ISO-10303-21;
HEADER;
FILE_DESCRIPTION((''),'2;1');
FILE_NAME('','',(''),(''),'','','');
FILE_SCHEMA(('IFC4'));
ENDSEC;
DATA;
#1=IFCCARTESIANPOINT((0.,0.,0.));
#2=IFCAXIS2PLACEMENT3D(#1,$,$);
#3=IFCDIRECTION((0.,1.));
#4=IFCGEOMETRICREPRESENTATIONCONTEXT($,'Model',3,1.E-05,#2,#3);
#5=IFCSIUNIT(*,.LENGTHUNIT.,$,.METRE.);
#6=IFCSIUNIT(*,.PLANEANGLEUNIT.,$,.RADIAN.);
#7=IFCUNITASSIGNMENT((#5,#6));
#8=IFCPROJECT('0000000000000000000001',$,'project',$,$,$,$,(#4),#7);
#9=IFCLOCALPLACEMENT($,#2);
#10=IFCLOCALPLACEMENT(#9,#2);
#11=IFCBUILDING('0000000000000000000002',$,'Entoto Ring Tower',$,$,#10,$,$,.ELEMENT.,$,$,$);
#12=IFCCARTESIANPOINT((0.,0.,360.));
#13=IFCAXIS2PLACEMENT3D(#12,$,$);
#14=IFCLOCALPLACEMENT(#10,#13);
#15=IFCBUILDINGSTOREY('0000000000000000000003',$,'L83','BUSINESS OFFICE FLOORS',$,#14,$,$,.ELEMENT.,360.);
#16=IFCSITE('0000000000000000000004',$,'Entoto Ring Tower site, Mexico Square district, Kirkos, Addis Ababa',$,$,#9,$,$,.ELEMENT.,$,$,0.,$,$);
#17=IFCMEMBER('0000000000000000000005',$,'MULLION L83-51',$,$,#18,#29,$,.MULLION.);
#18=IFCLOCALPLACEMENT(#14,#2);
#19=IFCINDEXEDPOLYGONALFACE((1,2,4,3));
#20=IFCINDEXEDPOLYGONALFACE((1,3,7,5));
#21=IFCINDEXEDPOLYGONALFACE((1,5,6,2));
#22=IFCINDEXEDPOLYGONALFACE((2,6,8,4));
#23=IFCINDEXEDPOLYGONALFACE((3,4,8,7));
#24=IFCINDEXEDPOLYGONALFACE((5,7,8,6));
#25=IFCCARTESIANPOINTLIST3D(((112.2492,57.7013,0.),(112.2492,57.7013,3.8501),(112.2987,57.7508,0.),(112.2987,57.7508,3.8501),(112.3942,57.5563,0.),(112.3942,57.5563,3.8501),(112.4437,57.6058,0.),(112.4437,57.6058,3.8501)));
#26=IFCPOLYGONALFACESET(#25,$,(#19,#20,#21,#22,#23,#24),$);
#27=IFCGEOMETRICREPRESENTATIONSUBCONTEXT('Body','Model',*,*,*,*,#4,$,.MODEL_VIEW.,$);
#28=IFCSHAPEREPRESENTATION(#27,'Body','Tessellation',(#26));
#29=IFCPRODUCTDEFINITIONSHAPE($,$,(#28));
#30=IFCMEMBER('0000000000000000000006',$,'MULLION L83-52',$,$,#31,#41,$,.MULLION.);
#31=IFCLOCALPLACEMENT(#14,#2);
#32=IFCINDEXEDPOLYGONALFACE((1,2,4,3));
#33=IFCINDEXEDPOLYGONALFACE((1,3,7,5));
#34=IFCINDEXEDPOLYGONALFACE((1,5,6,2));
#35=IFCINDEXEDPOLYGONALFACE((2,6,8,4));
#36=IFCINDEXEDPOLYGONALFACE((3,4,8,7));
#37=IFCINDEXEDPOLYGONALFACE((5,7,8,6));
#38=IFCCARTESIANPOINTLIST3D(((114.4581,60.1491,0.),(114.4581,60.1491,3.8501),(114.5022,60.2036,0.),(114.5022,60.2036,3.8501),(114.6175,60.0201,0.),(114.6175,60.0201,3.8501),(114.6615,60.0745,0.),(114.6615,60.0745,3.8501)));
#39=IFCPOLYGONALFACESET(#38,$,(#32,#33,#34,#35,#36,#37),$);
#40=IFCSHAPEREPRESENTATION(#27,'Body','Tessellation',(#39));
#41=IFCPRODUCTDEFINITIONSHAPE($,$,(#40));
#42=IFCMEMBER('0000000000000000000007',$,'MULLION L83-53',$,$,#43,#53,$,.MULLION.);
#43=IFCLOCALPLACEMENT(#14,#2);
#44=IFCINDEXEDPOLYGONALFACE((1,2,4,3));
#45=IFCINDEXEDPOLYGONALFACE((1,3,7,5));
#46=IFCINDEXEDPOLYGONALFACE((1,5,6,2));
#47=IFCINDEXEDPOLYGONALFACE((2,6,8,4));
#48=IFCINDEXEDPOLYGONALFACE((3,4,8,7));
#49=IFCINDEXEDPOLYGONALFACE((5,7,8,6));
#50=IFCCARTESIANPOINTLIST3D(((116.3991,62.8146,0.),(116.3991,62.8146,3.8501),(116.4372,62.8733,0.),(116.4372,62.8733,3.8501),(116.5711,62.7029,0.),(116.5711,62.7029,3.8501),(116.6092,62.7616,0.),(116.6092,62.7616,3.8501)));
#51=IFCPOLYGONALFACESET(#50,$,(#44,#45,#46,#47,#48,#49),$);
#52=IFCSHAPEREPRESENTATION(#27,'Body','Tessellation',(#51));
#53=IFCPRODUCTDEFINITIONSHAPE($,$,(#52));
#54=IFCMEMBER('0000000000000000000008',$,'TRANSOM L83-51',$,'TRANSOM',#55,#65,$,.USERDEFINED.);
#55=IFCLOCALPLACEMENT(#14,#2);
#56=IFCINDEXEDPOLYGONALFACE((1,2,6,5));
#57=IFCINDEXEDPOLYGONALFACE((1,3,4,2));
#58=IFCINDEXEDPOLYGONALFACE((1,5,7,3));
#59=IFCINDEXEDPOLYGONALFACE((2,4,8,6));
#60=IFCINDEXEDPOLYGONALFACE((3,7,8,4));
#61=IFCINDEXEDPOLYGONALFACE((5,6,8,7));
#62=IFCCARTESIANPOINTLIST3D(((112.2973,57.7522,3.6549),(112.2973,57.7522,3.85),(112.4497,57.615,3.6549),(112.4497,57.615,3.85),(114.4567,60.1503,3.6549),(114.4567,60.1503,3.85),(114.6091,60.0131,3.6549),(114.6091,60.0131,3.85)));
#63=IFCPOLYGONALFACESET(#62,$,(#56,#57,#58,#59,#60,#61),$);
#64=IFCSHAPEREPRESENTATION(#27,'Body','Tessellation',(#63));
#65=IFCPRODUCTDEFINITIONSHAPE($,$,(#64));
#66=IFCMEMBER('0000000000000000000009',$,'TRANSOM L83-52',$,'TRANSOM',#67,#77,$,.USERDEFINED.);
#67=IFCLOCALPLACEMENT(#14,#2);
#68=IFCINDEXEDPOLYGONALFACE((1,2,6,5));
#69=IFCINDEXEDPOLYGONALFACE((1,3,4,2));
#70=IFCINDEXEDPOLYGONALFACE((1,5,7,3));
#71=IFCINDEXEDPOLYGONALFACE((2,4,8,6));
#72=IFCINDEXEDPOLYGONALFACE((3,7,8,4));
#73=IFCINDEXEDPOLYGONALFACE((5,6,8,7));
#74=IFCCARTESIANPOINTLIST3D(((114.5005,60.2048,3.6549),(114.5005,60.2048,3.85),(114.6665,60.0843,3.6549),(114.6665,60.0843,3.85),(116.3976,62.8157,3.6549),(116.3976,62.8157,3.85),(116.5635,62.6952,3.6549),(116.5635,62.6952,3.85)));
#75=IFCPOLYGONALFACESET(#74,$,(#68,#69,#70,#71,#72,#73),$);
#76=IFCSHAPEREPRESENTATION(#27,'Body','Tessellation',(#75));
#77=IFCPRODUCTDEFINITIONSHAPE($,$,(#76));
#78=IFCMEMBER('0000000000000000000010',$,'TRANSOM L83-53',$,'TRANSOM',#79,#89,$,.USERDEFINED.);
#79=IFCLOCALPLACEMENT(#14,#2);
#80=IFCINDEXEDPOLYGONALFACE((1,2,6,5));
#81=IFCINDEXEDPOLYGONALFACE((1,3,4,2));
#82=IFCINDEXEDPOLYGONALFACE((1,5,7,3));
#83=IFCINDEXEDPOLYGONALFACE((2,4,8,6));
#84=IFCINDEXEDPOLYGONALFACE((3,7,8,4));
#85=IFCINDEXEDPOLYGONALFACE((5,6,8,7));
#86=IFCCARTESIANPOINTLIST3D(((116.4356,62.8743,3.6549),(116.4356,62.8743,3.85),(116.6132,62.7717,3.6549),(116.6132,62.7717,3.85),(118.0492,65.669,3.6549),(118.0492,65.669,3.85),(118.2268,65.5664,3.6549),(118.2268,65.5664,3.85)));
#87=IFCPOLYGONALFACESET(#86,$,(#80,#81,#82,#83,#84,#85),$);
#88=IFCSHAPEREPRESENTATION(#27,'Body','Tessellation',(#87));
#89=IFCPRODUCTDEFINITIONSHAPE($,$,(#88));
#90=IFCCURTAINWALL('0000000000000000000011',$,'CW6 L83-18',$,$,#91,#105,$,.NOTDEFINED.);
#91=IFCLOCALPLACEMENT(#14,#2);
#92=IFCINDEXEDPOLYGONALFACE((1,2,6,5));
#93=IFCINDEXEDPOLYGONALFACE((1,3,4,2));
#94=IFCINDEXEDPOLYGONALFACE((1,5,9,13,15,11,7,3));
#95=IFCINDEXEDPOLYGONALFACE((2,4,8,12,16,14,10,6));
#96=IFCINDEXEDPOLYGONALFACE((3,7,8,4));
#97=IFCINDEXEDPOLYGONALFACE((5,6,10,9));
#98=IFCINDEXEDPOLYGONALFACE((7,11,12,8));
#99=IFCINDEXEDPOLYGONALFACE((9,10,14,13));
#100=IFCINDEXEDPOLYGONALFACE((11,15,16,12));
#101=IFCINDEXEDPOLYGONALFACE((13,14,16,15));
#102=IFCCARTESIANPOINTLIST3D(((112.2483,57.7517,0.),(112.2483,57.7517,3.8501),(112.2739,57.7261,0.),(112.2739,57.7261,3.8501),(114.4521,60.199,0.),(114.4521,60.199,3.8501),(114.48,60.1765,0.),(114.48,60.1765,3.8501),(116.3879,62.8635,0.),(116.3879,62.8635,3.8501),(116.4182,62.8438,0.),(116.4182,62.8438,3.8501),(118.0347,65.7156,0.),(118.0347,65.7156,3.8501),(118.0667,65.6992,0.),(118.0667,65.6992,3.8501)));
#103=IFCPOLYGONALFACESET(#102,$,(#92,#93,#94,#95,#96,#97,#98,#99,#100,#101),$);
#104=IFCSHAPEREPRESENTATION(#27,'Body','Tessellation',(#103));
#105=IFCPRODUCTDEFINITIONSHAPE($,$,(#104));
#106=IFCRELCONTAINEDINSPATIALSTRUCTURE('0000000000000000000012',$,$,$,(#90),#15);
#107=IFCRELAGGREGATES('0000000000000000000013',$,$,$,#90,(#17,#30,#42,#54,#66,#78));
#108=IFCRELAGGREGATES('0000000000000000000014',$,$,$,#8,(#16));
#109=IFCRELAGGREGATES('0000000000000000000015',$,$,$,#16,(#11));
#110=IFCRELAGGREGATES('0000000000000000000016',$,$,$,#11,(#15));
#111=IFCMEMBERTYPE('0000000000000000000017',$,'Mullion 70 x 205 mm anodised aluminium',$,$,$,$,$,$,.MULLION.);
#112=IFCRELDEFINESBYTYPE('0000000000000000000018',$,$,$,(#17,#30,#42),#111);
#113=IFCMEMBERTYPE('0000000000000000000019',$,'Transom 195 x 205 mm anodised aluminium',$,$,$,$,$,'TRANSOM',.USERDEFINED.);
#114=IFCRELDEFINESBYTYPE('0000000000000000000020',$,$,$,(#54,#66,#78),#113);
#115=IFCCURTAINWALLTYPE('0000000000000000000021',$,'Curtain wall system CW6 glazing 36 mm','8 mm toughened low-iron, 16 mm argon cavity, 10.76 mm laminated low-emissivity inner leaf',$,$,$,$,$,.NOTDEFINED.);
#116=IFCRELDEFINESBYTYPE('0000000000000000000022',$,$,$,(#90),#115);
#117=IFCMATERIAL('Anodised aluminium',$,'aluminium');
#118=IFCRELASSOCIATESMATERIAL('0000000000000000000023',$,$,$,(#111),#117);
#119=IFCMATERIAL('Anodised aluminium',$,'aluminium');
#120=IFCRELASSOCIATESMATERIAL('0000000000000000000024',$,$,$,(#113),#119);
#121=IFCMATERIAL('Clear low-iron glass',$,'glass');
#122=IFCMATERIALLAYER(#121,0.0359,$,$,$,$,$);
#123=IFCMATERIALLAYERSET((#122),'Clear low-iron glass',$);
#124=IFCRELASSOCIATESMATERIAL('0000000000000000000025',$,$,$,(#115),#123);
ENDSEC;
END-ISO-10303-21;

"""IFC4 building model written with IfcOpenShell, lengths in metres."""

from ifc_helpers import new_model, si_unit, direction, frame, origin, origin_2d, place, context, subcontext, project, spatial, polyline, rectangle, outline, extrude, material, layer, layer_set, material_profile, profile_set, type_object, element, aggregate, save


model = new_model("IFC4")

# Units and contexts
model_context = context("Model", 3, precision=1e-05, world=origin(), true_north=direction((0.0, 1.0)))
body_context = subcontext(model_context, "Body", "Model", "MODEL_VIEW")
ifc_project = project(units=[si_unit("LENGTHUNIT", "METRE"), si_unit("PLANEANGLEUNIT", "RADIAN")], contexts=[model_context])

# Members
ifc_material_1 = material(Name="Anodised aluminium", Category="aluminium")
ifc_material_profile_1 = material_profile(ifc_material_1, rectangle(XDim=0.0701, YDim=0.2051, at=origin_2d()), Name="Mullion 70 x 205 mm anodised aluminium")
ifc_profile_set_1 = profile_set([ifc_material_profile_1], Name="Anodised aluminium")
member_type_1 = type_object("IfcMemberType", Name="Mullion 70 x 205 mm anodised aluminium", PredefinedType="MULLION", material=ifc_profile_set_1)
site_placement = place(None, origin())
building_placement = place(site_placement, origin())
storey_placement = place(building_placement, frame((0.0, 0.0, 360.0)))
member_1_placement = place(storey_placement, frame((112.3464, 57.6536, 0.0), z_axis=(0.0, 0.0, 1.0), x_axis=(0.707107, 0.707107, 0.0)))
member_1 = element("IfcMember", 1, at=member_1_placement, type_object=member_type_1, Name="MULLION L83-51", PredefinedType="MULLION", context=body_context, shape_type="SweptSolid", body=[
    extrude(rectangle(XDim=0.0701, YDim=0.2051, at=origin_2d()), origin(), (0.0, 0.0, 1.0), 3.8501),
])
member_2_placement = place(storey_placement, frame((114.5598, 60.1118, 0.0), z_axis=(0.0, 0.0, 1.0), x_axis=(0.62932, 0.777146, 0.0)))
member_2 = element("IfcMember", 2, at=member_2_placement, type_object=member_type_1, Name="MULLION L83-52", PredefinedType="MULLION", context=body_context, shape_type="SweptSolid", body=[
    extrude(rectangle(XDim=0.0701, YDim=0.2051, at=origin_2d()), origin(), (0.0, 0.0, 1.0), 3.8501),
])
member_3_placement = place(storey_placement, frame((116.5042, 62.7881, 0.0), z_axis=(0.0, 0.0, 1.0), x_axis=(0.544639, 0.838671, 0.0)))
member_3 = element("IfcMember", 3, at=member_3_placement, type_object=member_type_1, Name="MULLION L83-53", PredefinedType="MULLION", context=body_context, shape_type="SweptSolid", body=[
    extrude(rectangle(XDim=0.0701, YDim=0.2051, at=origin_2d()), origin(), (0.0, 0.0, 1.0), 3.8501),
])
ifc_material_2 = material(Name="Anodised aluminium", Category="aluminium")
ifc_material_profile_2 = material_profile(ifc_material_2, rectangle(XDim=0.2051, YDim=0.1951, at=origin_2d()), Name="Transom 195 x 205 mm anodised aluminium")
ifc_profile_set_2 = profile_set([ifc_material_profile_2], Name="Anodised aluminium")
member_type_2 = type_object("IfcMemberType", Name="Transom 195 x 205 mm anodised aluminium", ElementType="TRANSOM", PredefinedType="USERDEFINED", material=ifc_profile_set_2)
member_4_placement = place(storey_placement, frame((112.3735, 57.6836, 3.7524), z_axis=(0.669144, 0.743132, 0.0), x_axis=(-0.743132, 0.669144, 0.0)))
member_4 = element("IfcMember", 4, at=member_4_placement, type_object=member_type_2, Name="TRANSOM L83-51", ObjectType="TRANSOM", PredefinedType="USERDEFINED", context=body_context, shape_type="SweptSolid", body=[
    extrude(rectangle(XDim=0.2051, YDim=0.1951, at=origin_2d()), origin(), (0.0, 0.0, 1.0), 3.2271),
])
member_5_placement = place(storey_placement, frame((114.5835, 60.1445, 3.7524), z_axis=(0.587803, 0.809004, 0.0), x_axis=(-0.809004, 0.587803, 0.0)))
member_5 = element("IfcMember", 5, at=member_5_placement, type_object=member_type_2, Name="TRANSOM L83-52", ObjectType="TRANSOM", PredefinedType="USERDEFINED", context=body_context, shape_type="SweptSolid", body=[
    extrude(rectangle(XDim=0.2051, YDim=0.1951, at=origin_2d()), origin(), (0.0, 0.0, 1.0), 3.2273),
])
member_6_placement = place(storey_placement, frame((116.5244, 62.823, 3.7524), z_axis=(0.500004, 0.866023, 0.0), x_axis=(-0.866023, 0.500004, 0.0)))
member_6 = element("IfcMember", 6, at=member_6_placement, type_object=member_type_2, Name="TRANSOM L83-53", ObjectType="TRANSOM", PredefinedType="USERDEFINED", context=body_context, shape_type="SweptSolid", body=[
    extrude(rectangle(XDim=0.2051, YDim=0.1951, at=origin_2d()), origin(), (0.0, 0.0, 1.0), 3.2271),
])

# Site, building, storey
site = spatial("IfcSite", under=ifc_project, at=site_placement, Name="Entoto Ring Tower site, Mexico Square district, Kirkos, Addis Ababa", CompositionType="ELEMENT", RefElevation=0.0)
building = spatial("IfcBuilding", under=site, at=building_placement, Name="Entoto Ring Tower", CompositionType="ELEMENT")
storey = spatial("IfcBuildingStorey", under=building, at=storey_placement, Name="L83", Description="BUSINESS OFFICE FLOORS", CompositionType="ELEMENT", Elevation=360.0)

# Curtain wall
ifc_material_3 = material(Name="Clear low-iron glass", Category="glass")
ifc_layer_1 = layer(ifc_material_3, 0.0359)
ifc_layer_set_1 = layer_set([ifc_layer_1], Name="Clear low-iron glass")
curtain_wall_type = type_object("IfcCurtainWallType", Name="Curtain wall system CW6 glazing 36 mm", Description="8 mm toughened low-iron, 16 mm argon cavity, 10.76 mm laminated low-emissivity inner leaf", PredefinedType="NOTDEFINED", material=ifc_layer_set_1)
curtain_wall_1_placement = place(storey_placement, origin())
curtain_wall_1 = element("IfcCurtainWall", 7, at=curtain_wall_1_placement, inside=storey, type_object=curtain_wall_type, Name="CW6 L83-18", PredefinedType="NOTDEFINED", context=body_context, shape_type="SweptSolid", body=[
    extrude(outline(polyline([(112.2739, 57.7261), (114.48, 60.1765), (116.4182, 62.8438), (118.0667, 65.6992), (118.0347, 65.7156), (116.3879, 62.8635), (114.4521, 60.199), (112.2483, 57.7517), (112.2739, 57.7261)])), origin(), (0.0, 0.0, 1.0), 3.8501),
])
aggregate(curtain_wall_1, [member_1, member_2, member_3, member_4, member_5, member_6])

save(model, "model.ifc")
